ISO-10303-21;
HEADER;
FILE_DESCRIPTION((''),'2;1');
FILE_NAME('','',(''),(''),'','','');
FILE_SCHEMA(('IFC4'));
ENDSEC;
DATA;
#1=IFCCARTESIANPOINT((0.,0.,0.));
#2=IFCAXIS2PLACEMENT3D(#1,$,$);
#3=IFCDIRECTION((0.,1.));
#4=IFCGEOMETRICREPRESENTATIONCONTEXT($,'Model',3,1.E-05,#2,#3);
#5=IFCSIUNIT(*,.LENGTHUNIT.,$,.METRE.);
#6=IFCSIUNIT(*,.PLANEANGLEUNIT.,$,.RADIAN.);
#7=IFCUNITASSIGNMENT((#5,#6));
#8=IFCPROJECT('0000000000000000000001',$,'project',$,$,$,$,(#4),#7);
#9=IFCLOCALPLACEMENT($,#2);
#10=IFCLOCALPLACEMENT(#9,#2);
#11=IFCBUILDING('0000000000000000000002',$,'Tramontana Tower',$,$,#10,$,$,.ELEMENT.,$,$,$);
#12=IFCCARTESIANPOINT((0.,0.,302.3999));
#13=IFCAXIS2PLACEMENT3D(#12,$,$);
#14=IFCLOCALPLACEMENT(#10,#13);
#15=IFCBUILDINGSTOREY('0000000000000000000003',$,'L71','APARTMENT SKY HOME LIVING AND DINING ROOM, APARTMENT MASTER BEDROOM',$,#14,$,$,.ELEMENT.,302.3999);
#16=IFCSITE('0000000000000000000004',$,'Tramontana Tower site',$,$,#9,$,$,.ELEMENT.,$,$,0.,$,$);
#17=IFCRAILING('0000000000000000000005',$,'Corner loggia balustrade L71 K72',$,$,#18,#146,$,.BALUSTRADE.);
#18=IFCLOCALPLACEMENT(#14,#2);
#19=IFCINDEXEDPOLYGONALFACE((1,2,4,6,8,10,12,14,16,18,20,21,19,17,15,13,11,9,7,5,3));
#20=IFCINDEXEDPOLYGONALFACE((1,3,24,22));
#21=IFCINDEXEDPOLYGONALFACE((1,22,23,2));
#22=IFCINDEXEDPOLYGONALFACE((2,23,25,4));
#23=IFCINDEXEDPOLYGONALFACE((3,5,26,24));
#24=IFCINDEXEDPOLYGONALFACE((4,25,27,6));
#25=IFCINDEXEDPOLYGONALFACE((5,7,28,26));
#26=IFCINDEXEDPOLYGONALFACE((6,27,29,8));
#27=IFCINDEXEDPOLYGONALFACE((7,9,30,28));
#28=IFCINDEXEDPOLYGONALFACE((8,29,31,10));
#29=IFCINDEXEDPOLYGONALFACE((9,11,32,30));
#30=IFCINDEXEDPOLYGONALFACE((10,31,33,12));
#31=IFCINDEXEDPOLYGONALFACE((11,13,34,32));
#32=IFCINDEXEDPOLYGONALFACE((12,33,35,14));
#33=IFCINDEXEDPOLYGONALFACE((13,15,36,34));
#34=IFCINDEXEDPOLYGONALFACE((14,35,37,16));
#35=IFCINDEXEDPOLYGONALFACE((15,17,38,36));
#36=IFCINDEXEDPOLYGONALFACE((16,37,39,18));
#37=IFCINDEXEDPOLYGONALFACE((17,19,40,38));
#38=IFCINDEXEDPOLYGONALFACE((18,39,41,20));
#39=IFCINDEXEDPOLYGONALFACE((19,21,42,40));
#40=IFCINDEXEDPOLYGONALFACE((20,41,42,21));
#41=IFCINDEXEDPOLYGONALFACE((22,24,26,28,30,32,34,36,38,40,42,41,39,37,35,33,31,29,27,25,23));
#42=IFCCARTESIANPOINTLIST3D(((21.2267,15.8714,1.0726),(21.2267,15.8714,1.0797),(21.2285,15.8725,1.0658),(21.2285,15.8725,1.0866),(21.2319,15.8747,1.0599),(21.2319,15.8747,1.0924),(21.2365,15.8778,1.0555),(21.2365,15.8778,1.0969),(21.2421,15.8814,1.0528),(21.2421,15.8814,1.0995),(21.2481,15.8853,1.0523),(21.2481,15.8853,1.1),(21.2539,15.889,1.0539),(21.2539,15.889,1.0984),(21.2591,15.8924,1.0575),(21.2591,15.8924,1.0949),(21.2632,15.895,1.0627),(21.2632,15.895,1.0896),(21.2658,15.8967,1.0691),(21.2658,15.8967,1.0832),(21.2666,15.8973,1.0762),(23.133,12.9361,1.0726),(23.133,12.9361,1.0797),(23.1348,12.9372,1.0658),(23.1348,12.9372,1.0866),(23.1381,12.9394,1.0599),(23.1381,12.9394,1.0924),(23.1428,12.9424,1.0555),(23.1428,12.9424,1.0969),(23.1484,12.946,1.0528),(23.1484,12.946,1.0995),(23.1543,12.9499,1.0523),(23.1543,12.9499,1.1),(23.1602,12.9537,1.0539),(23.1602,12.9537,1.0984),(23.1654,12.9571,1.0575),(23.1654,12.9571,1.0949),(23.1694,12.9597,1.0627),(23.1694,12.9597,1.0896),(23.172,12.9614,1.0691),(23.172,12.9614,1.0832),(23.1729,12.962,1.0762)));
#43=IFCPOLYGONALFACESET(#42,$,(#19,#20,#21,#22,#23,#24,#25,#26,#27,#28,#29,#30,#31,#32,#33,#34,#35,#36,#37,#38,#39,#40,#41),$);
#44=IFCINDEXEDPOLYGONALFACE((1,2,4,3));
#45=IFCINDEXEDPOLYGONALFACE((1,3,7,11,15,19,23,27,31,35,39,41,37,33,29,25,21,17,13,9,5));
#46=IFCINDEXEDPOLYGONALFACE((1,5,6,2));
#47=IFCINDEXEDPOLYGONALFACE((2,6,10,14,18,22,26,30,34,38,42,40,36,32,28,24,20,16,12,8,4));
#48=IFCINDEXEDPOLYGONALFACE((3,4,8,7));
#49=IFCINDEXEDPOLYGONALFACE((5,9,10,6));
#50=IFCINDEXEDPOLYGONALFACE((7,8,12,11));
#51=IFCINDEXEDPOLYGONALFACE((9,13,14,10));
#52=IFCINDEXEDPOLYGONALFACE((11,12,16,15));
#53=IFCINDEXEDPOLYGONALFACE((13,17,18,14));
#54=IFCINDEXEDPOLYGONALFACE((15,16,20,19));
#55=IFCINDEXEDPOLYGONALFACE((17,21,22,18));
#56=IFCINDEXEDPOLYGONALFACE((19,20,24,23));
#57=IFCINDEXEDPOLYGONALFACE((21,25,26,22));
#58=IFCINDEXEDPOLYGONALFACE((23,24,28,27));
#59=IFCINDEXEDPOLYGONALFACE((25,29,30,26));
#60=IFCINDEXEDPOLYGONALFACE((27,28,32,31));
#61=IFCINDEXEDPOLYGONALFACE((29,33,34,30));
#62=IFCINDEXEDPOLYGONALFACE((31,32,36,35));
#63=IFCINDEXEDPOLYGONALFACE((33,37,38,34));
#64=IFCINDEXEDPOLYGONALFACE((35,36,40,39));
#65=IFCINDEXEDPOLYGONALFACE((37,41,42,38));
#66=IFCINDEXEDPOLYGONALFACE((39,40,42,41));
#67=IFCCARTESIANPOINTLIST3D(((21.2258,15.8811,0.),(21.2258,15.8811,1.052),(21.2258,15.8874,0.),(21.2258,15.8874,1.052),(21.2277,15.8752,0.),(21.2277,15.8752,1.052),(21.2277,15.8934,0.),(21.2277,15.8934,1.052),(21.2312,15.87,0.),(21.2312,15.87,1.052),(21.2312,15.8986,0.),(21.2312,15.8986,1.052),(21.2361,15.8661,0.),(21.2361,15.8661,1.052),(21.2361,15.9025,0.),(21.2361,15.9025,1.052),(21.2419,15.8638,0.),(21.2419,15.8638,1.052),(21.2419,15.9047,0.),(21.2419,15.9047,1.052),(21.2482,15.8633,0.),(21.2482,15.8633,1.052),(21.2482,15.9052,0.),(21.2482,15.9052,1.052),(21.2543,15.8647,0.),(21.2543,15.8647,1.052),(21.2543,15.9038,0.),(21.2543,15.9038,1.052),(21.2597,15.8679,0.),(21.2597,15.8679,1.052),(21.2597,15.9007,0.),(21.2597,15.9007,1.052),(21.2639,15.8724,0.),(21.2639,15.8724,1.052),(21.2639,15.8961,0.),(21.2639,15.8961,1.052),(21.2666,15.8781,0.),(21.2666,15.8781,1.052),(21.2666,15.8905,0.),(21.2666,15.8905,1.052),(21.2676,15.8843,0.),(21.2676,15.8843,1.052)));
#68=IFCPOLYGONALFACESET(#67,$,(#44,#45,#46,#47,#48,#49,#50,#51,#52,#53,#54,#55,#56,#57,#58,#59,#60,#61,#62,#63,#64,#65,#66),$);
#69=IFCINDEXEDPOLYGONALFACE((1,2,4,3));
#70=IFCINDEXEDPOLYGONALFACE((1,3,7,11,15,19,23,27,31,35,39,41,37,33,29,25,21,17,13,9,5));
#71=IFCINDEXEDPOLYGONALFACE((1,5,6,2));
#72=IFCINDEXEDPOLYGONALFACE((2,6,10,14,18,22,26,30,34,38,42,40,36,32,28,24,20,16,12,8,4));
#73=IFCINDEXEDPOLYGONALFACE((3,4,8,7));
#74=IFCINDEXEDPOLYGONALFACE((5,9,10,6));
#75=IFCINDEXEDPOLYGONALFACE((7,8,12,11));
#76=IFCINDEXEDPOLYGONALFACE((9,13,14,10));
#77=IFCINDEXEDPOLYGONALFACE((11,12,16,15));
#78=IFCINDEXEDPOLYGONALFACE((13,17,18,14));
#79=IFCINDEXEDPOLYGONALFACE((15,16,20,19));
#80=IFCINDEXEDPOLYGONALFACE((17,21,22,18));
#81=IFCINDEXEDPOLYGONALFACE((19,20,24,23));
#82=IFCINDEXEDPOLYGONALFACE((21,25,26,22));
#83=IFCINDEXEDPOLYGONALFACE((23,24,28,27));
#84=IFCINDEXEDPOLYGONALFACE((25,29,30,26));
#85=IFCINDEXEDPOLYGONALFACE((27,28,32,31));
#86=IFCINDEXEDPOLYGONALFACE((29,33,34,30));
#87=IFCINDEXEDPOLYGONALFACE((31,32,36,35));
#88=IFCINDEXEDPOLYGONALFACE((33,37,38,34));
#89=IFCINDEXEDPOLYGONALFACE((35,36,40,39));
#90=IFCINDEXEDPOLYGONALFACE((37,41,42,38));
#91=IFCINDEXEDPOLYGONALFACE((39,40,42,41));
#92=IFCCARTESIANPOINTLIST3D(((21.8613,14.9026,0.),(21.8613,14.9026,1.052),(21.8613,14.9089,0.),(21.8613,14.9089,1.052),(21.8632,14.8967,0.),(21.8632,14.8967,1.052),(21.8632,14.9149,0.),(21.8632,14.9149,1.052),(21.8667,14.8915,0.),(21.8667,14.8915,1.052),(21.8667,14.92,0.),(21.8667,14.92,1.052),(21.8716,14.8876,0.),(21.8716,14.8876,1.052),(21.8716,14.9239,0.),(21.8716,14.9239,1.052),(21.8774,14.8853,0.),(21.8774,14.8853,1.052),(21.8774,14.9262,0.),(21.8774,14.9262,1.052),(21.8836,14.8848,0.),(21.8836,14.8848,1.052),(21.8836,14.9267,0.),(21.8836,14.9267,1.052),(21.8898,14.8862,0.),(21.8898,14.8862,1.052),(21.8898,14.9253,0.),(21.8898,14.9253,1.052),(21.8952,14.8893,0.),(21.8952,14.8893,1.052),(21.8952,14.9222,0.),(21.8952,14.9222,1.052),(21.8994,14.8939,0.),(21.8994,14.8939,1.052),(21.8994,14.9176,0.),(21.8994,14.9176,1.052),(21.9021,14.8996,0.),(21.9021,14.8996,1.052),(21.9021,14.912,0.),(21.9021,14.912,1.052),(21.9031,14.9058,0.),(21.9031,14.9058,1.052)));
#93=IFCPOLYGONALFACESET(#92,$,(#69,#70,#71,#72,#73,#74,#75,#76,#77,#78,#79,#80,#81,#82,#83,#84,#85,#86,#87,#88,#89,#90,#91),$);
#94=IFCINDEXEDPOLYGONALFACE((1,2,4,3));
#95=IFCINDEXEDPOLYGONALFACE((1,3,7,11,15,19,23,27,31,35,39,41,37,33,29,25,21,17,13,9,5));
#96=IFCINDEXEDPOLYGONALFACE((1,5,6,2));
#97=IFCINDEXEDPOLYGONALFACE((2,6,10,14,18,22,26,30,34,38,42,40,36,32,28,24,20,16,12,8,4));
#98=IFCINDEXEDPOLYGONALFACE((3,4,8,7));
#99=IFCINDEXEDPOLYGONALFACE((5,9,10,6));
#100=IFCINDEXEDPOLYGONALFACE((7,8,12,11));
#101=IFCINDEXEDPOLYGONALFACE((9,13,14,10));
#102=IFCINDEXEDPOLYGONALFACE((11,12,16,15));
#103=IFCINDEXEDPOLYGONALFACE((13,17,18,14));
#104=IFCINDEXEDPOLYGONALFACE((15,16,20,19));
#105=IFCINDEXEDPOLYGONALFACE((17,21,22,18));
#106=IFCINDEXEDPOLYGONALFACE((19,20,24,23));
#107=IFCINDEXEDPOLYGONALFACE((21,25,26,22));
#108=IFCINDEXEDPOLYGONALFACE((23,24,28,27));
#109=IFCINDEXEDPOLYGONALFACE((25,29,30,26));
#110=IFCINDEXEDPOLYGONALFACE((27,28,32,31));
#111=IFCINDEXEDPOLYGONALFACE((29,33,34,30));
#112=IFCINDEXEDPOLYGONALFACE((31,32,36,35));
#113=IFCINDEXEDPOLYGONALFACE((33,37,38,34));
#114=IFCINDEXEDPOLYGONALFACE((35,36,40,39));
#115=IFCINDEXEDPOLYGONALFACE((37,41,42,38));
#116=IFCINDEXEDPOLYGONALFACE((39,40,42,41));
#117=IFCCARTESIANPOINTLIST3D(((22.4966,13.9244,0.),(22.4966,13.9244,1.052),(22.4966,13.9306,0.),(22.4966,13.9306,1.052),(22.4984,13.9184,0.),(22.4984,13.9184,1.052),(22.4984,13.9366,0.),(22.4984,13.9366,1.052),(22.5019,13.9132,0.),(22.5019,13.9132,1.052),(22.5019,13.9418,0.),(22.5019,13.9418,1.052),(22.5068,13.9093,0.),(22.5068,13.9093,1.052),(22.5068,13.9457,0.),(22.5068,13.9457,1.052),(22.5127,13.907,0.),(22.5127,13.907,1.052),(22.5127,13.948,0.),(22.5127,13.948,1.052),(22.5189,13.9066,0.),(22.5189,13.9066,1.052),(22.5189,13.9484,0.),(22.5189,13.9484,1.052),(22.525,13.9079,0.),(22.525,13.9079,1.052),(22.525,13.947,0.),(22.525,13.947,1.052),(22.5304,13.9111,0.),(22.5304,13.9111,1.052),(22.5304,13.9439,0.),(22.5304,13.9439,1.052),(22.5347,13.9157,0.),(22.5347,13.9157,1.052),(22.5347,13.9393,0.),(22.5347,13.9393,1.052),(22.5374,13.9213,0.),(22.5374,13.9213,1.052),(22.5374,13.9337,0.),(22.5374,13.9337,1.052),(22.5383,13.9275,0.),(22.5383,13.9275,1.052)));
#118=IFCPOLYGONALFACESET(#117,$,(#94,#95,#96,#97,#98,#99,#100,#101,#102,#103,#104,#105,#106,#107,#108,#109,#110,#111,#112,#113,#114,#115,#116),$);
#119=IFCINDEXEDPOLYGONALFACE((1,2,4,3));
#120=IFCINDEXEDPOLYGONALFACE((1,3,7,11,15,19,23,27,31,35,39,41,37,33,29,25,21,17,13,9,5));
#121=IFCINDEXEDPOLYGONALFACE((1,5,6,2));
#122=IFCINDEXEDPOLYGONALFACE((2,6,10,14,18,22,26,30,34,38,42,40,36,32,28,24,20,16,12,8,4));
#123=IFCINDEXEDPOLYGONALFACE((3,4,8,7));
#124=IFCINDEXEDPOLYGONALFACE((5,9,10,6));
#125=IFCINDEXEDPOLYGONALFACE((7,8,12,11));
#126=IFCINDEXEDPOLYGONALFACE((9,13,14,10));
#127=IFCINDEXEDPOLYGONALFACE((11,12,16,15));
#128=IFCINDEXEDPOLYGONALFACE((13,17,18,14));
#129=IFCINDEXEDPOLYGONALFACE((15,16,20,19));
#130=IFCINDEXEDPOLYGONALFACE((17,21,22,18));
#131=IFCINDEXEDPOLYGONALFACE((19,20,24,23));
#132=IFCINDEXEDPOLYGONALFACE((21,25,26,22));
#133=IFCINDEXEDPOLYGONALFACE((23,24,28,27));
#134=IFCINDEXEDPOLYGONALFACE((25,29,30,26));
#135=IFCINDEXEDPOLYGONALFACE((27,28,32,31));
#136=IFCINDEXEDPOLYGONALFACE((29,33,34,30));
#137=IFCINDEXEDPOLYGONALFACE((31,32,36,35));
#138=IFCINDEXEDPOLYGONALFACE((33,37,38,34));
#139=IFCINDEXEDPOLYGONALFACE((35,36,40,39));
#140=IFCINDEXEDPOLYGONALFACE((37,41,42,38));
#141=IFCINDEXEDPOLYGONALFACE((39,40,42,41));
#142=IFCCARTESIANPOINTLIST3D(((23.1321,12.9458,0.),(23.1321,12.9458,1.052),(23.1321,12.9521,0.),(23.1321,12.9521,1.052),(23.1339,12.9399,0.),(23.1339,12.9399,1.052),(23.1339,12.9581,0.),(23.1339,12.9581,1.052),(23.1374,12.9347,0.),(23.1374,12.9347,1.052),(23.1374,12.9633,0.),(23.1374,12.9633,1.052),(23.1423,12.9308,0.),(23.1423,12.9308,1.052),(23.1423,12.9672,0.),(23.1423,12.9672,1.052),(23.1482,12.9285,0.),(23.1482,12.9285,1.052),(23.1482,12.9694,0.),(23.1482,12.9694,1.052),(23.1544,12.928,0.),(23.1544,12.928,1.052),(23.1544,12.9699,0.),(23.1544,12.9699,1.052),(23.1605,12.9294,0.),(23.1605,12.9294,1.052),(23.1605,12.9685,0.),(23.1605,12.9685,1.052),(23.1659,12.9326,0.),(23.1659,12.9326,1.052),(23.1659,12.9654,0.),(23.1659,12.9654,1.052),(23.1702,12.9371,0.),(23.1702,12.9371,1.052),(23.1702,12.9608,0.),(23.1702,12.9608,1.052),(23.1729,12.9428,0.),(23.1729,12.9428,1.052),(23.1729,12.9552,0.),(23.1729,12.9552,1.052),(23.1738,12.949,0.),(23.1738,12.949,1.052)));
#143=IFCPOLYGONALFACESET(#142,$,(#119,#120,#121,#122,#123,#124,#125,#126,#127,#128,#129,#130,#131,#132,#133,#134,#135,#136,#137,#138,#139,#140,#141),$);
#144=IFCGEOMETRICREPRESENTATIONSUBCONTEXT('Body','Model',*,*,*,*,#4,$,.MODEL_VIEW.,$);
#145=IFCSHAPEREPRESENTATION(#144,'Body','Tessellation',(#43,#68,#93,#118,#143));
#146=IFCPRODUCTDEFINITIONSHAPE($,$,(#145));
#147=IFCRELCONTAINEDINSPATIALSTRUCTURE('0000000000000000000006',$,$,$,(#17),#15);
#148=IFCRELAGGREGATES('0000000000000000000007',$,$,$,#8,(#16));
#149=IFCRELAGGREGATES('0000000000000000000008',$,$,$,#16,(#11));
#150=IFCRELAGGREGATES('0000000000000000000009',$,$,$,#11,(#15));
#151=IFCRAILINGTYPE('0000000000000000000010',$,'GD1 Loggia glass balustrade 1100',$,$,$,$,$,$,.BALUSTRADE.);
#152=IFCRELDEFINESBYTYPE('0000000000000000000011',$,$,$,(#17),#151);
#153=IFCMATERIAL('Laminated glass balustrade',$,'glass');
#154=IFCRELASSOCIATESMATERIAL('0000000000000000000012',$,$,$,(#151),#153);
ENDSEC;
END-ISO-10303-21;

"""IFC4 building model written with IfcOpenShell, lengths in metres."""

from ifc_helpers import new_model, si_unit, direction, frame, origin, origin_2d, place, context, subcontext, project, spatial, circle, extrude, material, type_object, element, save


model = new_model("IFC4")

# Units and contexts
model_context = context("Model", 3, precision=1e-05, world=origin(), true_north=direction((0.0, 1.0)))
body_context = subcontext(model_context, "Body", "Model", "MODEL_VIEW")
ifc_project = project(units=[si_unit("LENGTHUNIT", "METRE"), si_unit("PLANEANGLEUNIT", "RADIAN")], contexts=[model_context])

# Site, building, storey
site_placement = place(None, origin())
site = spatial("IfcSite", under=ifc_project, at=site_placement, Name="Tramontana Tower site", CompositionType="ELEMENT", RefElevation=0.0)
building_placement = place(site_placement, origin())
building = spatial("IfcBuilding", under=site, at=building_placement, Name="Tramontana Tower", CompositionType="ELEMENT")
storey_placement = place(building_placement, frame((0.0, 0.0, 302.3999)))
storey = spatial("IfcBuildingStorey", under=building, at=storey_placement, Name="L71", Description="APARTMENT SKY HOME LIVING AND DINING ROOM, APARTMENT MASTER BEDROOM", CompositionType="ELEMENT", Elevation=302.3999)

# Railing
ifc_material_1 = material(Name="Laminated glass balustrade", Category="glass")
railing_type = type_object("IfcRailingType", Name="GD1 Loggia glass balustrade 1100", PredefinedType="BALUSTRADE", material=ifc_material_1)
railing_1_placement = place(storey_placement, frame((21.2466, 15.8843, 0.0)))
element("IfcRailing", 1, at=railing_1_placement, inside=storey, type_object=railing_type, Name="Corner loggia balustrade L71 K72", PredefinedType="BALUSTRADE", context=body_context, shape_type="SweptSolid", body=[
    extrude(circle(Radius=0.0239, at=origin_2d()), frame((0.0, 0.0, 1.0762), z_axis=(0.544647, -0.838665, 0.0), x_axis=(0.838665, 0.544647, 0.0)), (0.0, 0.0, 1.0), 3.5),
    extrude(circle(Radius=0.021, at=origin_2d()), origin(), (0.0, 0.0, 1.0), 1.052),
    extrude(circle(Radius=0.021, at=origin_2d()), frame((0.6355, -0.9785, 0.0)), (0.0, 0.0, 1.0), 1.052),
    extrude(circle(Radius=0.021, at=origin_2d()), frame((1.2708, -1.9568, 0.0)), (0.0, 0.0, 1.0), 1.052),
    extrude(circle(Radius=0.021, at=origin_2d()), frame((1.9062, -2.9353, 0.0)), (0.0, 0.0, 1.0), 1.052),
])

save(model, "model.ifc")
